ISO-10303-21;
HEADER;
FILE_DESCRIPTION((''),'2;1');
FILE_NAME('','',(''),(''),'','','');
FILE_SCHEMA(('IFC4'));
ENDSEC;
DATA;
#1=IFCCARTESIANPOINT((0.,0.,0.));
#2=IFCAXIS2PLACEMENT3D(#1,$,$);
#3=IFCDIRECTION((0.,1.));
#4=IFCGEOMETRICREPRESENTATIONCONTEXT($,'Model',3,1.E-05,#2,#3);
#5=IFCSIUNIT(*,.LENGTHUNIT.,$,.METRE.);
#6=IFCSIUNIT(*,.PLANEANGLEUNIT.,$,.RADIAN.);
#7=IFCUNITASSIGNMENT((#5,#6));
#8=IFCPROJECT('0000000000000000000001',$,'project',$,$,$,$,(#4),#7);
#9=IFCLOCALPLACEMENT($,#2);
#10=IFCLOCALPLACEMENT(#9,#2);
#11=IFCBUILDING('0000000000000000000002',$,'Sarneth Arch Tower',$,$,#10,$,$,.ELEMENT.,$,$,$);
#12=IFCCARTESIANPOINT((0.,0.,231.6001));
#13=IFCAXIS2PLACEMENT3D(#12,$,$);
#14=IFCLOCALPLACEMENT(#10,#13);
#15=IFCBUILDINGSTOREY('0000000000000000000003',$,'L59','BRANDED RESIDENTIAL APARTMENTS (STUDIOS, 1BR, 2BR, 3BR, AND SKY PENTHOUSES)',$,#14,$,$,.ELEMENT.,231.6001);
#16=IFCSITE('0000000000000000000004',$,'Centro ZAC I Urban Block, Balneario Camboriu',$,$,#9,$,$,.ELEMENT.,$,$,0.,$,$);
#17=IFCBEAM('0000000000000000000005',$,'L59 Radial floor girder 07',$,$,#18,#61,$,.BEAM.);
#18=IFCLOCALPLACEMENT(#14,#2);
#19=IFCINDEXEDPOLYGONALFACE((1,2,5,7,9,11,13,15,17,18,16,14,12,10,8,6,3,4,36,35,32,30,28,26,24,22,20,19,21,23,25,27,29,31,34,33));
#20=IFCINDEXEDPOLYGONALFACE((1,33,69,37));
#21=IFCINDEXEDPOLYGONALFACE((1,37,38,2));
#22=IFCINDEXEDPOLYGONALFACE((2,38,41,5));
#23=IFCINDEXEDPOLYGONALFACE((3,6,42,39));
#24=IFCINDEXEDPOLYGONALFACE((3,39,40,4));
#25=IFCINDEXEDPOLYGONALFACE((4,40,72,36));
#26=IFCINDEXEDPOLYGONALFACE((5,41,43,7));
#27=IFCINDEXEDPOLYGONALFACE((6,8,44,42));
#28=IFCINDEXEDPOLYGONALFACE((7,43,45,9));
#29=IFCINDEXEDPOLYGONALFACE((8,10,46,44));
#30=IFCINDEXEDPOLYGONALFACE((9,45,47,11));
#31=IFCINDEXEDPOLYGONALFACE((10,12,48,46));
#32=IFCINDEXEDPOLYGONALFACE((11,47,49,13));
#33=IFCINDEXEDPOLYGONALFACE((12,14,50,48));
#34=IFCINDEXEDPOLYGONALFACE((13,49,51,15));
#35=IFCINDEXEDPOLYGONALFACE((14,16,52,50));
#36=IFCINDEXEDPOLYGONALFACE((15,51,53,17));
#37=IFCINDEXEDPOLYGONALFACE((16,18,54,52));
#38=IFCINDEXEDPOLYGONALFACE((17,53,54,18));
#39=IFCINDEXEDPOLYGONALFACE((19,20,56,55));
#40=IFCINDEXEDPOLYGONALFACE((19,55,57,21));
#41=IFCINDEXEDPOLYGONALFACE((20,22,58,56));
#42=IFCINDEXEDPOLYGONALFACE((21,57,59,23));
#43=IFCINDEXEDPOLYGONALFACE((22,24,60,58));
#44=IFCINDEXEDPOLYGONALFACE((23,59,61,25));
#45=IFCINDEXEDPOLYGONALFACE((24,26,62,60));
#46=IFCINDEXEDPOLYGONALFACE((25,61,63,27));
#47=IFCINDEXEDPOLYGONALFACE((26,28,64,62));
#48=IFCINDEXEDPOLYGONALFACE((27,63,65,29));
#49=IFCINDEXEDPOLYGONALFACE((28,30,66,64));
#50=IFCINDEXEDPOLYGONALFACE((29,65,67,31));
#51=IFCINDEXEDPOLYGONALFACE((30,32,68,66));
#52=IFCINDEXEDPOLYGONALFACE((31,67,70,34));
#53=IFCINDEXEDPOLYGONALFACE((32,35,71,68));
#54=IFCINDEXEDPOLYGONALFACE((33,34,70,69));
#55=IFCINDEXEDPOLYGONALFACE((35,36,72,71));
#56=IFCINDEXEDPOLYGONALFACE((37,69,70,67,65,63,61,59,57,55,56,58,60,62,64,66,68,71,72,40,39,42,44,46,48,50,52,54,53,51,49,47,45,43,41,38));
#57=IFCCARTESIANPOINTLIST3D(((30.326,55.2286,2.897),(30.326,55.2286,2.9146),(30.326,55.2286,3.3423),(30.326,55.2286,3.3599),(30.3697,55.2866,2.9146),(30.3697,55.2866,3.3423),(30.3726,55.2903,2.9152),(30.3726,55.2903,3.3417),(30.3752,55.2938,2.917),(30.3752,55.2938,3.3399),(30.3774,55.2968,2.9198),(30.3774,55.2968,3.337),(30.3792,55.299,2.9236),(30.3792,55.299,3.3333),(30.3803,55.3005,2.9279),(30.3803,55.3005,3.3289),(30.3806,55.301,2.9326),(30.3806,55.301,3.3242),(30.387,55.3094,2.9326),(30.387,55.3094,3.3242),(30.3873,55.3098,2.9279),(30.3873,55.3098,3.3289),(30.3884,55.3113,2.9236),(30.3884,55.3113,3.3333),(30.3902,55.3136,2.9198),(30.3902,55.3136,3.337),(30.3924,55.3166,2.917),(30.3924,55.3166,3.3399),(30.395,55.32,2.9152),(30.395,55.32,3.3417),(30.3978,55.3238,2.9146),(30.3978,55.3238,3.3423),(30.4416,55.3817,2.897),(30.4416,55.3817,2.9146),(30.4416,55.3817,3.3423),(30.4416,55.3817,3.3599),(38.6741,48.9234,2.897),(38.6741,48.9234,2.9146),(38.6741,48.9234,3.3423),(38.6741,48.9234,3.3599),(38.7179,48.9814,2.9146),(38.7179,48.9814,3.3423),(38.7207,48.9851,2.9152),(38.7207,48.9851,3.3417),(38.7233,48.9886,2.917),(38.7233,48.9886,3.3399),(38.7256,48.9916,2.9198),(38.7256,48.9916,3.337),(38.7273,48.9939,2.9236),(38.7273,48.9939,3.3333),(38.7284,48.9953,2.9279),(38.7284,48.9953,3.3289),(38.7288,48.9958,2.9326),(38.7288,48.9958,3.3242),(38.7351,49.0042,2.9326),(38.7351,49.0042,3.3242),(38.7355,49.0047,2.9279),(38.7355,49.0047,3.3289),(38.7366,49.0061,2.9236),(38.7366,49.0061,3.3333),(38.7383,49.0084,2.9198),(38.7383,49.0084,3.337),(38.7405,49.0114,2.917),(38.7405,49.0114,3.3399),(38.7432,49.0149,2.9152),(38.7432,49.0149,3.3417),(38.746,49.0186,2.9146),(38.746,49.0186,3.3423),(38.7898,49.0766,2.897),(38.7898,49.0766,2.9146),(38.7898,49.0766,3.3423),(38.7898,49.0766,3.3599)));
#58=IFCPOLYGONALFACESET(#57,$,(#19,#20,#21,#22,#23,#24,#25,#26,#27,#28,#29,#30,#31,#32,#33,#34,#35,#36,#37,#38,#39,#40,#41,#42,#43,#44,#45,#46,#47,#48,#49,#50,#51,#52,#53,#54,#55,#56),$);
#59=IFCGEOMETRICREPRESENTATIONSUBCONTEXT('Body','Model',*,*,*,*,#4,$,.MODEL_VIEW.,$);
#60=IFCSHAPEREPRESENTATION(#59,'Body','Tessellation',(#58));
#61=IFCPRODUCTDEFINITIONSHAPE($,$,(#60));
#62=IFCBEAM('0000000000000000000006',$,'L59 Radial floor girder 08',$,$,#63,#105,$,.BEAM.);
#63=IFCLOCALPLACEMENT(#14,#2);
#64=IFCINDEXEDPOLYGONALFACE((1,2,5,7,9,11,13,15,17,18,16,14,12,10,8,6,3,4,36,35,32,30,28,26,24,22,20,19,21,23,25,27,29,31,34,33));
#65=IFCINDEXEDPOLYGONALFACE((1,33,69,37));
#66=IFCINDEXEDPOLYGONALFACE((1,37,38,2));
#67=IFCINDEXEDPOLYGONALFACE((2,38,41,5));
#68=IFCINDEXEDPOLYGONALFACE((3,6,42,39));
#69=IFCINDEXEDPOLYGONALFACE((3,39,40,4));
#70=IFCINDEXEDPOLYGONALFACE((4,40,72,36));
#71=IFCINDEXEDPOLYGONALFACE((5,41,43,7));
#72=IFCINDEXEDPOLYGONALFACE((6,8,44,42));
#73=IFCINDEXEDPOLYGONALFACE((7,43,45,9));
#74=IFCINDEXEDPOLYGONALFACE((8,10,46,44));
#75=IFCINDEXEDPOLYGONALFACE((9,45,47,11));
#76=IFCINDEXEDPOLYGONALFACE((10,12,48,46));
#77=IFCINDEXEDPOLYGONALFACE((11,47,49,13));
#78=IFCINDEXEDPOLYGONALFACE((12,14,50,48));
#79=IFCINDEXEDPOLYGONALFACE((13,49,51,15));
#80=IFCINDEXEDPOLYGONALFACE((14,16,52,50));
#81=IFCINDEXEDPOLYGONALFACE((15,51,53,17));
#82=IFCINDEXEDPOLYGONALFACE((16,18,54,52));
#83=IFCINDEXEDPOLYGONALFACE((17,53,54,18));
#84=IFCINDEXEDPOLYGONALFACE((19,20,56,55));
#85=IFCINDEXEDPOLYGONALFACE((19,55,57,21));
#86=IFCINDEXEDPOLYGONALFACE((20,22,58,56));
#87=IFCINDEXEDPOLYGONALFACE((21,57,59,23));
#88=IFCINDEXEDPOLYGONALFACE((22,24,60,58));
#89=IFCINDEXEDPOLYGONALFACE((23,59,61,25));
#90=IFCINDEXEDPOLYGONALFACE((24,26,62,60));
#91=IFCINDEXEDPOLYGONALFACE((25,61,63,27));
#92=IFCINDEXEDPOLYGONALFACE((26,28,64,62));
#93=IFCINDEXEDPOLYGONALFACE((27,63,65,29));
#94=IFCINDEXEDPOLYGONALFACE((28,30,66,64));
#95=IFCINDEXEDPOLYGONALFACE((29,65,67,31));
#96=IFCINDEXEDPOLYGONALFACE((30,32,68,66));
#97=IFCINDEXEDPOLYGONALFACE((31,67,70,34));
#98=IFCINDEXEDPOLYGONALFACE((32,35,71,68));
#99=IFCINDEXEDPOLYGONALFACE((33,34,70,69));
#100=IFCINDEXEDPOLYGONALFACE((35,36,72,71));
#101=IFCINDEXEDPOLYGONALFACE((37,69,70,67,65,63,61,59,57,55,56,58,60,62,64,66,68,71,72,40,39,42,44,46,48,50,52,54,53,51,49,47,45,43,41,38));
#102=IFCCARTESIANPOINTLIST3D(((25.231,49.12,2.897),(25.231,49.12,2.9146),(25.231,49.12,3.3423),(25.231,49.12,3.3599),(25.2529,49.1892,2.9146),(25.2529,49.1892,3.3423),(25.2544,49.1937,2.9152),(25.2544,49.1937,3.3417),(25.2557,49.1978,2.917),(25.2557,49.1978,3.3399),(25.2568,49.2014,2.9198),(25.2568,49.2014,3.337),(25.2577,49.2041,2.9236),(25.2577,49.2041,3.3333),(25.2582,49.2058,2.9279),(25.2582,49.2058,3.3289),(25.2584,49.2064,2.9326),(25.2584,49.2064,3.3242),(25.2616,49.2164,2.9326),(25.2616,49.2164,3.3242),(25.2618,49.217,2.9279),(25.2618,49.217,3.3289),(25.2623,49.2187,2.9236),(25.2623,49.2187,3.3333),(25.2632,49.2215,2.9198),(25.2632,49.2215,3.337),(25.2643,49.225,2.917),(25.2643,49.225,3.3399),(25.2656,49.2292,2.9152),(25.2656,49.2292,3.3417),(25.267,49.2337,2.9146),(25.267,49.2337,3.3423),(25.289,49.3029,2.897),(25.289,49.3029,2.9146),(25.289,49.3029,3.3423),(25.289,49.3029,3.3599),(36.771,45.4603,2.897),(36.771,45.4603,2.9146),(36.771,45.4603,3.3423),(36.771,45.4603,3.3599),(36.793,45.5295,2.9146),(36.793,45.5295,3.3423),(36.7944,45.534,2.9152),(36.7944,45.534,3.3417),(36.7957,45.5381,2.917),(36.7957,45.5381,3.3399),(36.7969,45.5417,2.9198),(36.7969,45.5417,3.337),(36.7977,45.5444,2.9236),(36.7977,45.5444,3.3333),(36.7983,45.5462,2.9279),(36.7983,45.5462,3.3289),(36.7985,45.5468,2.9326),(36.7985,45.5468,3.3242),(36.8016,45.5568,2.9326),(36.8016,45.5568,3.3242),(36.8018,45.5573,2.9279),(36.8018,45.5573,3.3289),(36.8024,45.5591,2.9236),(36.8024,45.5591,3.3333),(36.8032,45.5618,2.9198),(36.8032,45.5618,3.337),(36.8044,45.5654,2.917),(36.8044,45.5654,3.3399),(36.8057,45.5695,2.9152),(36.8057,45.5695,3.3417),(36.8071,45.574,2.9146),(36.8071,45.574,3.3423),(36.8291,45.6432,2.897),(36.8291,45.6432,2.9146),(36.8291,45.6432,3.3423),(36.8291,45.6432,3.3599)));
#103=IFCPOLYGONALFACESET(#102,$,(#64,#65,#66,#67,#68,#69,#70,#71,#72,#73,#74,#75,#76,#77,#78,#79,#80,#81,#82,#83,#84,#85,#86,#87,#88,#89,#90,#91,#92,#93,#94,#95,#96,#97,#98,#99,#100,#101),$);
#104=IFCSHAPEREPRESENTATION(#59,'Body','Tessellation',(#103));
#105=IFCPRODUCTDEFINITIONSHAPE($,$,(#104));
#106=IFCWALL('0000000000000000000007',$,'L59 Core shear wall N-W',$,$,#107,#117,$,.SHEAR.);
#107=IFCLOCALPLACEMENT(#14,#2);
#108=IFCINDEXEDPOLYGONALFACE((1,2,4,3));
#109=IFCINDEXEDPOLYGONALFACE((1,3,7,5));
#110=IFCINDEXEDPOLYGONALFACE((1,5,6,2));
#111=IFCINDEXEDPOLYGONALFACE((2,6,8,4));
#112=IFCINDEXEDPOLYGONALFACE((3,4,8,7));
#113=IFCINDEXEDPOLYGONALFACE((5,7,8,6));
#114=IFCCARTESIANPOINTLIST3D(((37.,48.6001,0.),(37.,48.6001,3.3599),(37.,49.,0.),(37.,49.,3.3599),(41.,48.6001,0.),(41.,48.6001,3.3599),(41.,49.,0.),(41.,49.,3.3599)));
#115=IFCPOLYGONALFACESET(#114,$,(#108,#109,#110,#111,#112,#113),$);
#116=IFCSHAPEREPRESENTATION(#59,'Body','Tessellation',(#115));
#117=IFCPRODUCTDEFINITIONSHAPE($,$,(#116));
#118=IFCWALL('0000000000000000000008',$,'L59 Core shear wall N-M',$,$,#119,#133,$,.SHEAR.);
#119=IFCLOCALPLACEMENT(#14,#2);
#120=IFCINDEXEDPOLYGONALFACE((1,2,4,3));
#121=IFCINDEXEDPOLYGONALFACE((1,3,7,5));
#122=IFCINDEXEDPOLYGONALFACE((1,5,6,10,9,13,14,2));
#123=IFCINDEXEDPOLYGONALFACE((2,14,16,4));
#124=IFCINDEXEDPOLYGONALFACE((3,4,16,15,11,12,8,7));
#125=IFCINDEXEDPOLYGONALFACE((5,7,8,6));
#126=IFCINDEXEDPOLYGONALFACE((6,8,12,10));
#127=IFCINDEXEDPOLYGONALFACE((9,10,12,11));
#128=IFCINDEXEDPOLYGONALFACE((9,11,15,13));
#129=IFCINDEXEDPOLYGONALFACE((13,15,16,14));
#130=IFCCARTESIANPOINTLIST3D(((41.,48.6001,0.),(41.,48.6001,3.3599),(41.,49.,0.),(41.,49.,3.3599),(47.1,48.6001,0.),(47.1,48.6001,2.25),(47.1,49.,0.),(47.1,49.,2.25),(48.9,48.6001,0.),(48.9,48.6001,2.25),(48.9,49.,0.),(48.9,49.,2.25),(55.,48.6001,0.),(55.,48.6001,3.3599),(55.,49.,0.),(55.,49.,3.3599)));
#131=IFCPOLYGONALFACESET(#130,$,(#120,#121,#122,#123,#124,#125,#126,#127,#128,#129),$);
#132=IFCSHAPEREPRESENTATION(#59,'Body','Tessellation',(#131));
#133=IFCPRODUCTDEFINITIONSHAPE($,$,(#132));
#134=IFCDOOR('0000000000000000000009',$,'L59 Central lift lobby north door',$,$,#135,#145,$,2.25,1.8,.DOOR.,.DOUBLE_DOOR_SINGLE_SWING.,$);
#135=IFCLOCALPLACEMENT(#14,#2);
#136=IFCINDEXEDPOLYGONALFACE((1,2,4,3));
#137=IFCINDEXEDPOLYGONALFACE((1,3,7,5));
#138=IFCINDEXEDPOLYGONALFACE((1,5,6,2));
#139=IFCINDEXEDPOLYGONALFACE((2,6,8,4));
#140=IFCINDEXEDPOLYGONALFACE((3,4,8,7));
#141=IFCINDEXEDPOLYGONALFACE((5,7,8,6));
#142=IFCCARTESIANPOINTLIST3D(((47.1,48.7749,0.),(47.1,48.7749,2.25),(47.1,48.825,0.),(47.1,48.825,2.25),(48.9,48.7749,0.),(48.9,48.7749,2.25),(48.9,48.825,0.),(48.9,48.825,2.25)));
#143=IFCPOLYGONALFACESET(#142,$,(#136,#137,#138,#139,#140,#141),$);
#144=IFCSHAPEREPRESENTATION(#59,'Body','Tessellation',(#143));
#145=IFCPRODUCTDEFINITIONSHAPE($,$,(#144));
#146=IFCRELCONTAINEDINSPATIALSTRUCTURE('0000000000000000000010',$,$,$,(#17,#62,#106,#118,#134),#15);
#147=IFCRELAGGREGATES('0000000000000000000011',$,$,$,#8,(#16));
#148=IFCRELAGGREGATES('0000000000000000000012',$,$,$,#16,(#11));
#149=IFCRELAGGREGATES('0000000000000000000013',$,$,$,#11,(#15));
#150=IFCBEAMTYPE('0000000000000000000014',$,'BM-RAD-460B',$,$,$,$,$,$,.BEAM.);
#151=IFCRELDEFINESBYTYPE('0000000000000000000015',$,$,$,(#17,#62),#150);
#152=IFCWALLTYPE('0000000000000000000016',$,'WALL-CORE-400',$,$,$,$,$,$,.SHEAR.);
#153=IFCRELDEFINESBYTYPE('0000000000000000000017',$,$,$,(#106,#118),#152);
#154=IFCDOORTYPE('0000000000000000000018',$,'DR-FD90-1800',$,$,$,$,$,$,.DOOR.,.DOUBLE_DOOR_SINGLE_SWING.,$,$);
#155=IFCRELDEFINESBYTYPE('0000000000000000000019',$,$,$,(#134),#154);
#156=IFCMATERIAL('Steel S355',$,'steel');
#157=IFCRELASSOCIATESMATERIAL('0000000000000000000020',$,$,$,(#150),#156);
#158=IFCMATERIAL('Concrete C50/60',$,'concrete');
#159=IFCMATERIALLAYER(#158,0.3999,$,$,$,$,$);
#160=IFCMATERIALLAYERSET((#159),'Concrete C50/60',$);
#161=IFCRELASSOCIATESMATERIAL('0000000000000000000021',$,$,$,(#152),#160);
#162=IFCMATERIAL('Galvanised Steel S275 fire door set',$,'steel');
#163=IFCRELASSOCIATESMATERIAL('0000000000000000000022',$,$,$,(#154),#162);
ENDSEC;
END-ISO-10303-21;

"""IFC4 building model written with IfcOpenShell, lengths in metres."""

from ifc_helpers import new_model, si_unit, direction, frame, frame_2d, origin, origin_2d, place, context, subcontext, project, spatial, rectangle, i_section, extrude, material, layer, layer_set, material_profile, profile_set, type_object, element, fill, save


model = new_model("IFC4")

# Units and contexts
model_context = context("Model", 3, precision=1e-05, world=origin(), true_north=direction((0.0, 1.0)))
body_context = subcontext(model_context, "Body", "Model", "MODEL_VIEW")
ifc_project = project(units=[si_unit("LENGTHUNIT", "METRE"), si_unit("PLANEANGLEUNIT", "RADIAN")], contexts=[model_context])

# Site, building, storey
site_placement = place(None, origin())
site = spatial("IfcSite", under=ifc_project, at=site_placement, Name="Centro ZAC I Urban Block, Balneario Camboriu", CompositionType="ELEMENT", RefElevation=0.0)
building_placement = place(site_placement, origin())
building = spatial("IfcBuilding", under=site, at=building_placement, Name="Sarneth Arch Tower", CompositionType="ELEMENT")
storey_placement = place(building_placement, frame((0.0, 0.0, 231.6001)))
storey = spatial("IfcBuildingStorey", under=building, at=storey_placement, Name="L59", Description="BRANDED RESIDENTIAL APARTMENTS (STUDIOS, 1BR, 2BR, 3BR, AND SKY PENTHOUSES)", CompositionType="ELEMENT", Elevation=231.6001)

# Beams
ifc_material_1 = material(Name="Steel S355", Category="steel")
ifc_material_profile_1 = material_profile(ifc_material_1, i_section(OverallWidth=0.1919, OverallDepth=0.4629, WebThickness=0.0105, FlangeThickness=0.0176, FilletRadius=0.0181, at=origin_2d()), Name="W460x89")
ifc_profile_set_1 = profile_set([ifc_material_profile_1], Name="Steel S355")
beam_type_1 = type_object("IfcBeamType", Name="BM-RAD-460B", PredefinedType="BEAM", material=ifc_profile_set_1)
beam_1_placement = place(storey_placement, frame((38.7319, 49.0, 3.1284), z_axis=(-0.797974, 0.602692, 0.0), x_axis=(-0.602692, -0.797974, 0.0)))
element("IfcBeam", 1, at=beam_1_placement, inside=storey, type_object=beam_type_1, Name="L59 Radial floor girder 07", PredefinedType="BEAM", context=body_context, shape_type="SweptSolid", body=[
    extrude(i_section(OverallWidth=0.1919, OverallDepth=0.4629, WebThickness=0.0105, FlangeThickness=0.0176, FilletRadius=0.0181, at=origin_2d()), origin(), (0.0, 0.0, 1.0), 10.4617),
])
beam_2_placement = place(storey_placement, frame((36.8, 45.5518, 3.1284), z_axis=(-0.953216, 0.302291, 0.0), x_axis=(-0.302291, -0.953216, 0.0)))
element("IfcBeam", 2, at=beam_2_placement, inside=storey, type_object=beam_type_1, Name="L59 Radial floor girder 08", PredefinedType="BEAM", context=body_context, shape_type="SweptSolid", body=[
    extrude(i_section(OverallWidth=0.1919, OverallDepth=0.4629, WebThickness=0.0105, FlangeThickness=0.0176, FilletRadius=0.0181, at=origin_2d()), origin(), (0.0, 0.0, 1.0), 12.1064),
])

# Wall
ifc_material_2 = material(Name="Concrete C50/60", Category="concrete")
ifc_layer_1 = layer(ifc_material_2, 0.3999)
ifc_layer_set_1 = layer_set([ifc_layer_1], Name="Concrete C50/60")
wall_type_1 = type_object("IfcWallType", Name="WALL-CORE-400", PredefinedType="SHEAR", material=ifc_layer_set_1)
wall_1_placement = place(storey_placement, frame((37.0, 48.8, 0.0), z_axis=(0.0, 0.0, 1.0), x_axis=(1.0, 0.0, 0.0)))
element("IfcWall", 3, at=wall_1_placement, inside=storey, type_object=wall_type_1, Name="L59 Core shear wall N-W", PredefinedType="SHEAR", context=body_context, shape_type="SweptSolid", body=[
    extrude(rectangle(XDim=4.0, YDim=0.3999, at=frame_2d((2.0, 0.0))), origin(), (0.0, 0.0, 1.0), 3.3599),
])

# Wall, opening, door
wall_2_placement = place(storey_placement, frame((41.0, 48.8, 0.0), z_axis=(0.0, 0.0, 1.0), x_axis=(1.0, 0.0, 0.0)))
wall_2 = element("IfcWall", 4, at=wall_2_placement, inside=storey, type_object=wall_type_1, Name="L59 Core shear wall N-M", PredefinedType="SHEAR", context=body_context, shape_type="SweptSolid", body=[
    extrude(rectangle(XDim=14.0, YDim=0.3999, at=frame_2d((7.0, 0.0))), origin(), (0.0, 0.0, 1.0), 3.3599),
])
opening_1_placement = place(wall_2_placement, frame((6.1001, 0.0, 0.0)))
opening_1 = element("IfcOpeningElement", 5, at=opening_1_placement, cuts=wall_2, PredefinedType="OPENING", context=body_context, shape_type="SweptSolid", body=[
    extrude(rectangle(XDim=1.8, YDim=2.25, at=frame_2d((0.8999, 1.125))), frame((0.0, 0.21, 0.0), z_axis=(0.0, -1.0, 0.0), x_axis=(1.0, 0.0, 0.0)), (0.0, 0.0, 1.0), 0.4199),
])
ifc_material_3 = material(Name="Galvanised Steel S275 fire door set", Category="steel")
door_type_1 = type_object("IfcDoorType", Name="DR-FD90-1800", OperationType="DOUBLE_DOOR_SINGLE_SWING", PredefinedType="DOOR", material=ifc_material_3)
door_1_placement = place(opening_1_placement, origin())
door_1 = element("IfcDoor", 6, at=door_1_placement, inside=storey, type_object=door_type_1, Name="L59 Central lift lobby north door", OperationType="DOUBLE_DOOR_SINGLE_SWING", OverallHeight=2.25, OverallWidth=1.8, PredefinedType="DOOR", context=body_context, shape_type="SweptSolid", body=[
    extrude(rectangle(XDim=1.8, YDim=2.25, at=frame_2d((0.8999, 1.125))), frame((0.0, 0.0249, 0.0), z_axis=(0.0, -1.0, 0.0), x_axis=(1.0, 0.0, 0.0)), (0.0, 0.0, 1.0), 0.05),
])
fill(opening_1, door_1)

save(model, "model.ifc")
